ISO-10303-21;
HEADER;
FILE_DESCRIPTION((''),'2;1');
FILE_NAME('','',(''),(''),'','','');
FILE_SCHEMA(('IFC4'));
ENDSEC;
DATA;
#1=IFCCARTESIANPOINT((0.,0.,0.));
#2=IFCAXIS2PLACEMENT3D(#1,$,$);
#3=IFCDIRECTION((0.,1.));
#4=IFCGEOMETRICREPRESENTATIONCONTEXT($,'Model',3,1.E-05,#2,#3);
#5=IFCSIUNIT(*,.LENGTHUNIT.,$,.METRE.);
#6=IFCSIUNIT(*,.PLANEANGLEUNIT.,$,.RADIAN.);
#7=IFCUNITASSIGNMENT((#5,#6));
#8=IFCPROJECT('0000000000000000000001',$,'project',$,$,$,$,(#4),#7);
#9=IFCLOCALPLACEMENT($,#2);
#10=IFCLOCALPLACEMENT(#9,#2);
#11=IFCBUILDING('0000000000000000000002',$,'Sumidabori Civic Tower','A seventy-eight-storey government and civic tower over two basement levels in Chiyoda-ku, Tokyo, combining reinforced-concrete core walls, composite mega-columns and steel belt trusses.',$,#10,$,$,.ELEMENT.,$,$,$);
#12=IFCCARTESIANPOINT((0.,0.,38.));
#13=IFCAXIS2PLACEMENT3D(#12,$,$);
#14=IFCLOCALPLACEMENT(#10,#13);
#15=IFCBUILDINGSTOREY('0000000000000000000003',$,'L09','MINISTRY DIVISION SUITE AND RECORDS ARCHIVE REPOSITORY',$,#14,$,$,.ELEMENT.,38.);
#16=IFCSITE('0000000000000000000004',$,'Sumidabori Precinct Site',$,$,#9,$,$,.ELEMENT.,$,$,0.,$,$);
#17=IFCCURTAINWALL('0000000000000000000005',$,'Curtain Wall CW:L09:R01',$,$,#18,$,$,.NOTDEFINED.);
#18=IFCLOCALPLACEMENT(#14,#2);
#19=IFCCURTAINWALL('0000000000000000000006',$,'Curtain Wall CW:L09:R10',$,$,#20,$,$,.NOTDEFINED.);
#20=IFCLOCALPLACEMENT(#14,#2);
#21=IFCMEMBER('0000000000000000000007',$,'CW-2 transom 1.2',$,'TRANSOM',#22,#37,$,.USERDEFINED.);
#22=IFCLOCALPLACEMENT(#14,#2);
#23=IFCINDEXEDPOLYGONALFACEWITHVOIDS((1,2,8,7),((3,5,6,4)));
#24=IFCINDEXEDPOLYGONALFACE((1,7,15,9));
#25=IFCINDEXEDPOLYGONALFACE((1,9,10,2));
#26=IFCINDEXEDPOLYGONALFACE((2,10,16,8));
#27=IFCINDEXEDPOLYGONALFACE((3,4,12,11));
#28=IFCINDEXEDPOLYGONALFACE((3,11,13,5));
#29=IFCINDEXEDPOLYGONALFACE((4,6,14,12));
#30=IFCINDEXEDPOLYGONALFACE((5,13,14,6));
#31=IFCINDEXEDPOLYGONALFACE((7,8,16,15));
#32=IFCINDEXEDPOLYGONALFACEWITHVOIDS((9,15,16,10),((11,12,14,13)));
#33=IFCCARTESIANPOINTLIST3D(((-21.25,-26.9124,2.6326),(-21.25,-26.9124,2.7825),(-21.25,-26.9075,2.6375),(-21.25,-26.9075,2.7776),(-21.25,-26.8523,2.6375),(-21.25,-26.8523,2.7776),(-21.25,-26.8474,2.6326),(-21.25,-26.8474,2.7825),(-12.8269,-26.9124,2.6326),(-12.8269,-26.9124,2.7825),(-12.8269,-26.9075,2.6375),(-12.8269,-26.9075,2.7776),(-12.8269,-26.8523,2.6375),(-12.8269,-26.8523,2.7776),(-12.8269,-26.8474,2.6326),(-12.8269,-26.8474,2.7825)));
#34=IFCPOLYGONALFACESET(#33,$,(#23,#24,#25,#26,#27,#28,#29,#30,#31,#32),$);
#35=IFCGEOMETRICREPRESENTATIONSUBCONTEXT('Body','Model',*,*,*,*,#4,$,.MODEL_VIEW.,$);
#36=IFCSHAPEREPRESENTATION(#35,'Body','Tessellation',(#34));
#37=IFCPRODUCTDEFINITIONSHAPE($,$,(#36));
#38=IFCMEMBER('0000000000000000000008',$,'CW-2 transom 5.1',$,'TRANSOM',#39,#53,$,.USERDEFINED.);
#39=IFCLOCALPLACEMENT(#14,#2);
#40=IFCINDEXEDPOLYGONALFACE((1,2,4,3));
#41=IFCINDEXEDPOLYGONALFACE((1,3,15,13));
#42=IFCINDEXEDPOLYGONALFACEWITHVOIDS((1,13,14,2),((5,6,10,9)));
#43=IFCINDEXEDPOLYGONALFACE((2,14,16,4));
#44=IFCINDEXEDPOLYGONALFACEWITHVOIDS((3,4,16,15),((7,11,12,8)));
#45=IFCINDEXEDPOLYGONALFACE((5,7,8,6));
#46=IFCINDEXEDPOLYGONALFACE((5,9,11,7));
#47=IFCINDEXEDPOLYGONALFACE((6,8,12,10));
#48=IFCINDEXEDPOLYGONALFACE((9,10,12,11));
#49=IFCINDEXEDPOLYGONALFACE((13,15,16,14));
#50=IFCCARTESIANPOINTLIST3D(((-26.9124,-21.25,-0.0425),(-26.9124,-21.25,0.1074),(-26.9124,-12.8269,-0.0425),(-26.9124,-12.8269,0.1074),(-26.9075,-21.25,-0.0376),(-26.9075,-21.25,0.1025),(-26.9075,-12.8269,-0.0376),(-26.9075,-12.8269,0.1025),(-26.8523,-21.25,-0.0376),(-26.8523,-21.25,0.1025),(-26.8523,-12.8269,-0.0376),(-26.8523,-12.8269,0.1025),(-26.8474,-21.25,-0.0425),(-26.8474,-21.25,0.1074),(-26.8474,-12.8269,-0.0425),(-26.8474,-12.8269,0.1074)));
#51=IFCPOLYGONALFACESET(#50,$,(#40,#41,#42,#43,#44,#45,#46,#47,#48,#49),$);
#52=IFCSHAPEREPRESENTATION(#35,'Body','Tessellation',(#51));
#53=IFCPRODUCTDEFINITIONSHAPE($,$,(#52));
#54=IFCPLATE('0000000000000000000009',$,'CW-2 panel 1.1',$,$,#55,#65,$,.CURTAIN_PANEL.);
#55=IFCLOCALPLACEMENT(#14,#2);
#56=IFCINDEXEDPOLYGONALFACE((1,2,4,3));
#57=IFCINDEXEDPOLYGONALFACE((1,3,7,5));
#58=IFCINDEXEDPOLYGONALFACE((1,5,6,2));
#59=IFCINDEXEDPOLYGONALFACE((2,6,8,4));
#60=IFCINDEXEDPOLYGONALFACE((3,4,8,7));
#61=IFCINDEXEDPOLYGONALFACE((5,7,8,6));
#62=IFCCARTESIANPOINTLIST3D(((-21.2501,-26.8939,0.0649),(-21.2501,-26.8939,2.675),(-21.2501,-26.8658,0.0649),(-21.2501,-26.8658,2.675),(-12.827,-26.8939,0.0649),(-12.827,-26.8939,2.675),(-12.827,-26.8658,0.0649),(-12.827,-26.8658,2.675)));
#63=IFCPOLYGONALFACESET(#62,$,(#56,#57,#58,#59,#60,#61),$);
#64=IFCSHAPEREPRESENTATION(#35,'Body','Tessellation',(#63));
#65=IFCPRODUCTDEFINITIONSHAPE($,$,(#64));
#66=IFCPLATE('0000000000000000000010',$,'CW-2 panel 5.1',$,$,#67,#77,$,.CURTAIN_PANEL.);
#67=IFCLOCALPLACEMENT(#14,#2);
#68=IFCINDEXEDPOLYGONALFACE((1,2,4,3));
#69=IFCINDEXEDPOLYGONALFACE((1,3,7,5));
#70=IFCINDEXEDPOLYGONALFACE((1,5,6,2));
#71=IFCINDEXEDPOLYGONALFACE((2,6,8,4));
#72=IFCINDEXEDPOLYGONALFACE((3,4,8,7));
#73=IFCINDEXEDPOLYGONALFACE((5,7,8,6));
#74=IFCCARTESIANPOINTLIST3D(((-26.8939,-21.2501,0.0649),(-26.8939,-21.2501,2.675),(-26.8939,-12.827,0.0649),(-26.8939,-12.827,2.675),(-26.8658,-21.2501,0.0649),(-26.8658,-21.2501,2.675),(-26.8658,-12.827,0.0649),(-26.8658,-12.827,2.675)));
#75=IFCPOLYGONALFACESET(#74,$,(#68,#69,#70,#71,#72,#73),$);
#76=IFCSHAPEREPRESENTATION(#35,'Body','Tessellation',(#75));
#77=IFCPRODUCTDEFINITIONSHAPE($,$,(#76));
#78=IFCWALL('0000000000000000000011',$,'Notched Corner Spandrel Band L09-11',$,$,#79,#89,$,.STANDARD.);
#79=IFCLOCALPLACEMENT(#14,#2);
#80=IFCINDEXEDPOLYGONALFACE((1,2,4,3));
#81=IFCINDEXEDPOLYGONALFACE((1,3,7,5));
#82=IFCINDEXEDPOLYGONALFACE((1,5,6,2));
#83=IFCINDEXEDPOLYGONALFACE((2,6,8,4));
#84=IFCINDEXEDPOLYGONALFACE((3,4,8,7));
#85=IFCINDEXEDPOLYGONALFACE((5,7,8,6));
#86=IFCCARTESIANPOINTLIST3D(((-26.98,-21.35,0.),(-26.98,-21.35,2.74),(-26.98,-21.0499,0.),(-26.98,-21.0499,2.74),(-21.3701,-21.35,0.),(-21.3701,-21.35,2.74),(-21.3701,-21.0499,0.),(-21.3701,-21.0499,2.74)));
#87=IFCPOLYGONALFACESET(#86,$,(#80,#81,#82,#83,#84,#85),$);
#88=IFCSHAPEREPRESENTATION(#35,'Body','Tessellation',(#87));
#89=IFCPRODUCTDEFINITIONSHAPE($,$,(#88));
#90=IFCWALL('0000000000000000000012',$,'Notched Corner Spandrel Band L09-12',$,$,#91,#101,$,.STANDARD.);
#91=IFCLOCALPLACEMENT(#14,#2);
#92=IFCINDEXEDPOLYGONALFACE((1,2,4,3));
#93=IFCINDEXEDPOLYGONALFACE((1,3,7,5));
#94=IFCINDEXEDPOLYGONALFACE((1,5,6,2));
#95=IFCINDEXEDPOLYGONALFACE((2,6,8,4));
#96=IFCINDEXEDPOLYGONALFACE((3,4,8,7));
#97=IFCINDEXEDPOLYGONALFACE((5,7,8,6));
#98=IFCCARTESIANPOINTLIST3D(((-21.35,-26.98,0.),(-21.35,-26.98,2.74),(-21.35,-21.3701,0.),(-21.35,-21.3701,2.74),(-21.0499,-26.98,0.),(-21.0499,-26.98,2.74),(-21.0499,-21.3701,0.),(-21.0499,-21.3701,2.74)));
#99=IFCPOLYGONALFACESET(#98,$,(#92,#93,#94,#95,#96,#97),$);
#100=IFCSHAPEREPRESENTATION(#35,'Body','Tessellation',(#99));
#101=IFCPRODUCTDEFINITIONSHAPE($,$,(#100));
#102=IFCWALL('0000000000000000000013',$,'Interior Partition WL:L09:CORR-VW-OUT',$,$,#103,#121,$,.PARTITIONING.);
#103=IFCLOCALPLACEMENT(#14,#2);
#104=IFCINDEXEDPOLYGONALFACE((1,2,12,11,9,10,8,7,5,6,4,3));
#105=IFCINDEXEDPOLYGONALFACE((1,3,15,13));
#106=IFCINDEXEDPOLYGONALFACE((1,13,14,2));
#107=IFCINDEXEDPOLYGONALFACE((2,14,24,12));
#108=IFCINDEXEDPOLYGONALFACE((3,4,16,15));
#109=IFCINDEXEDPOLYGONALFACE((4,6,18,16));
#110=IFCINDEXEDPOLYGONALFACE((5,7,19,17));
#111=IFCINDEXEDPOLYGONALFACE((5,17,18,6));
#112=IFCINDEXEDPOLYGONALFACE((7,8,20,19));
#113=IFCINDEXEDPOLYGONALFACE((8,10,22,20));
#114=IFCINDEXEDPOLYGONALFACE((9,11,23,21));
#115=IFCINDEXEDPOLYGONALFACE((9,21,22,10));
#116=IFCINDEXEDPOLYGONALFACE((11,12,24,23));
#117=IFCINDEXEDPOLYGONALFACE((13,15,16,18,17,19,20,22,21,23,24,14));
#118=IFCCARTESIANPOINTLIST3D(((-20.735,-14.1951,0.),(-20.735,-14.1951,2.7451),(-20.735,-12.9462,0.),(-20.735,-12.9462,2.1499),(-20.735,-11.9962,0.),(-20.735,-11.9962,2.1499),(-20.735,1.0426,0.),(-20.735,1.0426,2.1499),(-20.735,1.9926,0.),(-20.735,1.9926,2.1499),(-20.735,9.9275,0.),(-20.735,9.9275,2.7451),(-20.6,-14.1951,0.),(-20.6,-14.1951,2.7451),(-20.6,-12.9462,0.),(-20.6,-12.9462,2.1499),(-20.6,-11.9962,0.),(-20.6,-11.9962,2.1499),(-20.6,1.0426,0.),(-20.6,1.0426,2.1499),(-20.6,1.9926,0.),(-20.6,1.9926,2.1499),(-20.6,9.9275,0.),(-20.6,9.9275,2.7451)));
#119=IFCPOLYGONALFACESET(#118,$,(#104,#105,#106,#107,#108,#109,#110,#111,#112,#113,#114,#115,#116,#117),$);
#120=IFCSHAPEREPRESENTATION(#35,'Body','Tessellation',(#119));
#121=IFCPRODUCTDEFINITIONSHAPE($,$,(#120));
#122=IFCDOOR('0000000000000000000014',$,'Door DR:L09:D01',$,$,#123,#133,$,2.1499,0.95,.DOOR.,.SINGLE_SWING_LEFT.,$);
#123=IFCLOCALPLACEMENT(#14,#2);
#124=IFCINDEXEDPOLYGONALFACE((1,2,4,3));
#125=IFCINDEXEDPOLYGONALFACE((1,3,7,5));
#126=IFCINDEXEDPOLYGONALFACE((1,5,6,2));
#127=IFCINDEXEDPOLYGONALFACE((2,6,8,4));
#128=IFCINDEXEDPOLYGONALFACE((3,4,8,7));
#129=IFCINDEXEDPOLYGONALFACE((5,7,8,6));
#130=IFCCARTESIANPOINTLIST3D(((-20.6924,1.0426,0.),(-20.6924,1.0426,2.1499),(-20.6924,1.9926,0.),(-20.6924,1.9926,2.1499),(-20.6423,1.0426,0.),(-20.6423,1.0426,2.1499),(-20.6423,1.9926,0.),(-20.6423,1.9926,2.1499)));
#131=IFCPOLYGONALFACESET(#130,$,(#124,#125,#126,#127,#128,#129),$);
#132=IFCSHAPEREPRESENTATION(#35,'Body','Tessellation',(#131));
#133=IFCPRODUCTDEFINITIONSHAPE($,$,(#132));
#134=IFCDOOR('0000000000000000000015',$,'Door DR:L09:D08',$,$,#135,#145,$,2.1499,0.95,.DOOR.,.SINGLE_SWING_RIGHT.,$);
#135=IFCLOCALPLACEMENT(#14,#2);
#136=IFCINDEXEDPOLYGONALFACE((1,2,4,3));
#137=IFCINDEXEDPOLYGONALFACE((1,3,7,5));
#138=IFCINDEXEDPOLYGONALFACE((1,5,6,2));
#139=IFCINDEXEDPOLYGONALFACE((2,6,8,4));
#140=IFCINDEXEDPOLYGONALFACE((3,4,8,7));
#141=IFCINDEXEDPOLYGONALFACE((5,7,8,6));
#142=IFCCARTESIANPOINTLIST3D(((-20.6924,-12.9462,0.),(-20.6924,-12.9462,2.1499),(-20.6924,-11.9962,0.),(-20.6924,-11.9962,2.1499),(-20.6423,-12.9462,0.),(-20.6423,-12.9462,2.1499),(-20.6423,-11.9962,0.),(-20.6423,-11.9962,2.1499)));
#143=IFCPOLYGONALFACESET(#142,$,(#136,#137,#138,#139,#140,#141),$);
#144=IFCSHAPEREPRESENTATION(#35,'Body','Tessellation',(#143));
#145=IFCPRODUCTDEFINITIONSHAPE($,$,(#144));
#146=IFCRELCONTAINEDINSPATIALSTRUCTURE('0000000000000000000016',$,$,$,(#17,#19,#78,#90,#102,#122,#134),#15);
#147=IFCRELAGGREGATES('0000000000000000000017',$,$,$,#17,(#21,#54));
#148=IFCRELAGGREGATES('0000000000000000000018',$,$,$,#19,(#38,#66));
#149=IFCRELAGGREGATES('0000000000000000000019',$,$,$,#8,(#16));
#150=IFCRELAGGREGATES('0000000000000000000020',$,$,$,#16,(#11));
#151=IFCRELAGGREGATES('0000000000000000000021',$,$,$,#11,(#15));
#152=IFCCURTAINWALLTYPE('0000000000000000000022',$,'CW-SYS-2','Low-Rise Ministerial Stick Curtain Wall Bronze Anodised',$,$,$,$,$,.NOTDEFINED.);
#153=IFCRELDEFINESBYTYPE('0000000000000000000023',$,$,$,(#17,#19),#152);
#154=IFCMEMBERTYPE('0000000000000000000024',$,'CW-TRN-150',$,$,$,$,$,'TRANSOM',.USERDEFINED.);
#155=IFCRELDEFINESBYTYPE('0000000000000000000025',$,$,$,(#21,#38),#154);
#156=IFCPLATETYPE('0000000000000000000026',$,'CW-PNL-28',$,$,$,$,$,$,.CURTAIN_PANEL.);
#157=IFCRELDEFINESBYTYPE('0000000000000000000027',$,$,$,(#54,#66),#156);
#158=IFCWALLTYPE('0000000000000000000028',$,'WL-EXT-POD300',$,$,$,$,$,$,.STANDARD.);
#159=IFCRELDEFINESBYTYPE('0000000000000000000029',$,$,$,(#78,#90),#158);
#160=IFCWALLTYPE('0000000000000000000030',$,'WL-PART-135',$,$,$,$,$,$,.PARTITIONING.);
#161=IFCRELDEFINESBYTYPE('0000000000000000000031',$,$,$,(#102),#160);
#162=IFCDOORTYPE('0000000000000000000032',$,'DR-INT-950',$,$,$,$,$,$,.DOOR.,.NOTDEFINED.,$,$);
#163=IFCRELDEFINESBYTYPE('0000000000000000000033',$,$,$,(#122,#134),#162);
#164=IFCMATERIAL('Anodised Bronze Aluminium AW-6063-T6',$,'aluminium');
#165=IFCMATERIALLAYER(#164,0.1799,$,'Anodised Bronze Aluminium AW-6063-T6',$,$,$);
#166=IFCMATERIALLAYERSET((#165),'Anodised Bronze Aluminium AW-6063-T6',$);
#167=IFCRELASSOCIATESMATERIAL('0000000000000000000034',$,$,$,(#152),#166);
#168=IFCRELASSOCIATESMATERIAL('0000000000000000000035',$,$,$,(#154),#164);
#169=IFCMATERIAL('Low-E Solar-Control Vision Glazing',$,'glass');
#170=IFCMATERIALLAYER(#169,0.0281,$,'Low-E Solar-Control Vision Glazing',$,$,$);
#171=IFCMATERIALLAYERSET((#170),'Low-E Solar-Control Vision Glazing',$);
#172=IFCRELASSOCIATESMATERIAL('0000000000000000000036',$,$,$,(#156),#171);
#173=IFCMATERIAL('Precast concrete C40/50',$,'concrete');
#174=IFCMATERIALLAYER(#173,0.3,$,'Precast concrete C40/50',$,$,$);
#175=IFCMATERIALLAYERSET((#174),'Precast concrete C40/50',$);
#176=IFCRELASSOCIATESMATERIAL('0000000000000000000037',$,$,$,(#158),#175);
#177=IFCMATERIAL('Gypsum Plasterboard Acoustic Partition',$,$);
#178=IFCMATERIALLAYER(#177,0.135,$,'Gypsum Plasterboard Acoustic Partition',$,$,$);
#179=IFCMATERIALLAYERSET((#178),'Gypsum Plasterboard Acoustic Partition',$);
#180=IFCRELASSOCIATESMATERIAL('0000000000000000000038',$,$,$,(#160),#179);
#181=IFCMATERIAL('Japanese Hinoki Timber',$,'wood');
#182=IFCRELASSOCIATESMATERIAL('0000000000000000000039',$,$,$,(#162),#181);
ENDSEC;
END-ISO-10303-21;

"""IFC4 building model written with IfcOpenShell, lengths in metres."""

from ifc_helpers import new_model, si_unit, direction, frame, frame_2d, origin, origin_2d, place, context, subcontext, project, spatial, rectangle, hollow_rectangle, extrude, source, transform, mapped, material, layer, layer_set, material_profile, profile_set, type_object, element, fill, aggregate, save


model = new_model("IFC4")

# Units and contexts
model_context = context("Model", 3, precision=1e-05, world=origin(), true_north=direction((0.0, 1.0)))
body_context = subcontext(model_context, "Body", "Model", "MODEL_VIEW")
ifc_project = project(units=[si_unit("LENGTHUNIT", "METRE"), si_unit("PLANEANGLEUNIT", "RADIAN")], contexts=[model_context])

# Site, building, storey
site_placement = place(None, origin())
site = spatial("IfcSite", under=ifc_project, at=site_placement, Name="Sumidabori Precinct Site", CompositionType="ELEMENT", RefElevation=0.0)
building_placement = place(site_placement, origin())
building = spatial("IfcBuilding", under=site, at=building_placement, Name="Sumidabori Civic Tower", Description="A seventy-eight-storey government and civic tower over two basement levels in Chiyoda-ku, Tokyo, combining reinforced-concrete core walls, composite mega-columns and steel belt trusses.", CompositionType="ELEMENT")
storey_placement = place(building_placement, frame((0.0, 0.0, 38.0)))
storey = spatial("IfcBuildingStorey", under=building, at=storey_placement, Name="L09", Description="MINISTRY DIVISION SUITE AND RECORDS ARCHIVE REPOSITORY", CompositionType="ELEMENT", Elevation=38.0)

# Curtain walls
ifc_material_1 = material(Name="Anodised Bronze Aluminium AW-6063-T6", Category="aluminium")
ifc_layer_1 = layer(ifc_material_1, 0.1799, Name="Anodised Bronze Aluminium AW-6063-T6")
ifc_layer_set_1 = layer_set([ifc_layer_1], Name="Anodised Bronze Aluminium AW-6063-T6")
curtain_wall_type = type_object("IfcCurtainWallType", Name="CW-SYS-2", Description="Low-Rise Ministerial Stick Curtain Wall Bronze Anodised", PredefinedType="NOTDEFINED", material=ifc_layer_set_1)
curtain_wall_1_placement = place(storey_placement, origin())
curtain_wall_1 = element("IfcCurtainWall", 1, at=curtain_wall_1_placement, inside=storey, type_object=curtain_wall_type, Name="Curtain Wall CW:L09:R01", PredefinedType="NOTDEFINED")
curtain_wall_2_placement = place(storey_placement, origin())
curtain_wall_2 = element("IfcCurtainWall", 2, at=curtain_wall_2_placement, inside=storey, type_object=curtain_wall_type, Name="Curtain Wall CW:L09:R10", PredefinedType="NOTDEFINED")

# Members
ifc_material_profile_1 = material_profile(ifc_material_1, hollow_rectangle(XDim=0.0649, YDim=0.1499, WallThickness=0.0049, at=origin_2d()), Name="ALU TRANSOM 150x65")
ifc_profile_set_1 = profile_set([ifc_material_profile_1], Name="Anodised Bronze Aluminium AW-6063-T6")
member_type_1 = type_object("IfcMemberType", Name="CW-TRN-150", ElementType="TRANSOM", PredefinedType="USERDEFINED", material=ifc_profile_set_1)
shared_shape_1 = source(origin(), body_context, "Body", "SweptSolid", [
    extrude(hollow_rectangle(XDim=0.0649, YDim=0.1499, WallThickness=0.0049, at=origin_2d()), origin(), (0.0, 0.0, 1.0), 8.4231),
])
member_1_placement = place(storey_placement, frame((-21.25, -26.8799, 2.7075), z_axis=(1.0, 0.0, 0.0), x_axis=(0.0, 1.0, 0.0)))
member_1 = element("IfcMember", 3, at=member_1_placement, type_object=member_type_1, Name="CW-2 transom 1.2", ObjectType="TRANSOM", PredefinedType="USERDEFINED", context=body_context, shape_type="MappedRepresentation", body=[
    mapped(shared_shape_1, transform((0.0, 0.0, 0.0), x_axis=(1.0, 0.0, 0.0), y_axis=(0.0, 1.0, 0.0), z_axis=(0.0, 0.0, 1.0), scale=1.0)),
])
member_2_placement = place(storey_placement, frame((-26.8799, -12.8269, 0.0325), z_axis=(0.0, -1.0, 0.0), x_axis=(1.0, 0.0, 0.0)))
member_2 = element("IfcMember", 4, at=member_2_placement, type_object=member_type_1, Name="CW-2 transom 5.1", ObjectType="TRANSOM", PredefinedType="USERDEFINED", context=body_context, shape_type="MappedRepresentation", body=[
    mapped(shared_shape_1, transform((0.0, 0.0, 0.0), x_axis=(1.0, 0.0, 0.0), y_axis=(0.0, 1.0, 0.0), z_axis=(0.0, 0.0, 1.0), scale=1.0)),
])

# Plates
ifc_material_2 = material(Name="Low-E Solar-Control Vision Glazing", Category="glass")
ifc_layer_2 = layer(ifc_material_2, 0.0281, Name="Low-E Solar-Control Vision Glazing")
ifc_layer_set_2 = layer_set([ifc_layer_2], Name="Low-E Solar-Control Vision Glazing")
plate_type = type_object("IfcPlateType", Name="CW-PNL-28", PredefinedType="CURTAIN_PANEL", material=ifc_layer_set_2)
shared_shape_2 = source(origin(), body_context, "Body", "SweptSolid", [
    extrude(rectangle(XDim=8.4231, YDim=0.0281, at=origin_2d()), origin(), (0.0, 0.0, 1.0), 2.6101),
])
plate_1_placement = place(storey_placement, frame((-17.0386, -26.8799, 0.0649), z_axis=(0.0, 0.0, 1.0), x_axis=(1.0, 0.0, 0.0)))
plate_1 = element("IfcPlate", 5, at=plate_1_placement, type_object=plate_type, Name="CW-2 panel 1.1", PredefinedType="CURTAIN_PANEL", context=body_context, shape_type="MappedRepresentation", body=[
    mapped(shared_shape_2, transform((0.0, 0.0, 0.0), x_axis=(1.0, 0.0, 0.0), y_axis=(0.0, 1.0, 0.0), z_axis=(0.0, 0.0, 1.0), scale=1.0)),
])
aggregate(curtain_wall_1, [member_1, plate_1])
plate_2_placement = place(storey_placement, frame((-26.8799, -17.0386, 0.0649), z_axis=(0.0, 0.0, 1.0), x_axis=(0.0, -1.0, 0.0)))
plate_2 = element("IfcPlate", 6, at=plate_2_placement, type_object=plate_type, Name="CW-2 panel 5.1", PredefinedType="CURTAIN_PANEL", context=body_context, shape_type="MappedRepresentation", body=[
    mapped(shared_shape_2, transform((0.0, 0.0, 0.0), x_axis=(1.0, 0.0, 0.0), y_axis=(0.0, 1.0, 0.0), z_axis=(0.0, 0.0, 1.0), scale=1.0)),
])
aggregate(curtain_wall_2, [member_2, plate_2])

# Walls
ifc_material_3 = material(Name="Precast concrete C40/50", Category="concrete")
ifc_layer_3 = layer(ifc_material_3, 0.3, Name="Precast concrete C40/50")
ifc_layer_set_3 = layer_set([ifc_layer_3], Name="Precast concrete C40/50")
wall_type_1 = type_object("IfcWallType", Name="WL-EXT-POD300", PredefinedType="STANDARD", material=ifc_layer_set_3)
shared_shape_3 = source(origin(), body_context, "Body", "SweptSolid", [
    extrude(rectangle(XDim=5.6099, YDim=0.3, at=frame_2d((2.8049, 0.0))), origin(), (0.0, 0.0, 1.0), 2.74),
])
for number, where, z_axis, x_axis, name in (
    (7, (-26.98, -21.2, 0.0), (0.0, 0.0, 1.0), (1.0, 0.0, 0.0), "Notched Corner Spandrel Band L09-11"),
    (8, (-21.2, -21.3701, 0.0), (0.0, 0.0, 1.0), (0.0, -1.0, 0.0), "Notched Corner Spandrel Band L09-12"),
):
    element("IfcWall", number, at=place(storey_placement, frame(where, z_axis=z_axis, x_axis=x_axis)), inside=storey, type_object=wall_type_1, Name=name, PredefinedType="STANDARD", context=body_context, shape_type="MappedRepresentation", body=[
        mapped(shared_shape_3, transform((0.0, 0.0, 0.0), x_axis=(1.0, 0.0, 0.0), y_axis=(0.0, 1.0, 0.0), z_axis=(0.0, 0.0, 1.0), scale=1.0)),
    ])

# Wall, openings, doors
ifc_material_4 = material(Name="Gypsum Plasterboard Acoustic Partition")
ifc_layer_4 = layer(ifc_material_4, 0.135, Name="Gypsum Plasterboard Acoustic Partition")
ifc_layer_set_4 = layer_set([ifc_layer_4], Name="Gypsum Plasterboard Acoustic Partition")
wall_type_2 = type_object("IfcWallType", Name="WL-PART-135", PredefinedType="PARTITIONING", material=ifc_layer_set_4)
shared_shape_4 = source(origin(), body_context, "Body", "SweptSolid", [
    extrude(rectangle(XDim=24.1226, YDim=0.135, at=frame_2d((12.0613, 0.0))), origin(), (0.0, 0.0, 1.0), 2.7451),
])
wall_1_placement = place(storey_placement, frame((-20.6675, -14.1951, 0.0), z_axis=(0.0, 0.0, 1.0), x_axis=(0.0, 1.0, 0.0)))
wall_1 = element("IfcWall", 9, at=wall_1_placement, inside=storey, type_object=wall_type_2, Name="Interior Partition WL:L09:CORR-VW-OUT", PredefinedType="PARTITIONING", context=body_context, shape_type="MappedRepresentation", body=[
    mapped(shared_shape_4, transform((0.0, 0.0, 0.0), x_axis=(1.0, 0.0, 0.0), y_axis=(0.0, 1.0, 0.0), z_axis=(0.0, 0.0, 1.0), scale=1.0)),
])
opening_1_placement = place(wall_1_placement, frame((15.2375, 0.0, 0.0)))
opening_1 = element("IfcOpeningElement", 10, at=opening_1_placement, cuts=wall_1, PredefinedType="OPENING", context=body_context, shape_type="SweptSolid", body=[
    extrude(rectangle(XDim=0.95, YDim=2.1499, at=frame_2d((0.4751, 1.075))), frame((0.0, 0.0796, 0.0), z_axis=(0.0, -1.0, 0.0), x_axis=(1.0, 0.0, 0.0)), (0.0, 0.0, 1.0), 0.1589),
])
opening_2_placement = place(wall_1_placement, frame((1.2488, 0.0, 0.0)))
opening_2 = element("IfcOpeningElement", 11, at=opening_2_placement, cuts=wall_1, PredefinedType="OPENING", context=body_context, shape_type="SweptSolid", body=[
    extrude(rectangle(XDim=0.95, YDim=2.1499, at=frame_2d((0.4751, 1.075))), frame((0.0, 0.0796, 0.0), z_axis=(0.0, -1.0, 0.0), x_axis=(1.0, 0.0, 0.0)), (0.0, 0.0, 1.0), 0.1589),
])
ifc_material_5 = material(Name="Japanese Hinoki Timber", Category="wood")
door_type = type_object("IfcDoorType", Name="DR-INT-950", OperationType="NOTDEFINED", PredefinedType="DOOR", material=ifc_material_5)
shared_shape_5 = source(origin(), body_context, "Body", "SweptSolid", [
    extrude(rectangle(XDim=0.95, YDim=2.1499, at=frame_2d((0.4751, 1.075))), frame((0.0, 0.0249, 0.0), z_axis=(0.0, -1.0, 0.0), x_axis=(1.0, 0.0, 0.0)), (0.0, 0.0, 1.0), 0.05),
])
door_1_placement = place(opening_1_placement, origin())
door_1 = element("IfcDoor", 12, at=door_1_placement, inside=storey, type_object=door_type, Name="Door DR:L09:D01", OperationType="SINGLE_SWING_LEFT", OverallHeight=2.1499, OverallWidth=0.95, PredefinedType="DOOR", context=body_context, shape_type="MappedRepresentation", body=[
    mapped(shared_shape_5, transform((0.0, 0.0, 0.0), x_axis=(1.0, 0.0, 0.0), y_axis=(0.0, 1.0, 0.0), z_axis=(0.0, 0.0, 1.0), scale=1.0)),
])
fill(opening_1, door_1)
door_2_placement = place(opening_2_placement, origin())
door_2 = element("IfcDoor", 13, at=door_2_placement, inside=storey, type_object=door_type, Name="Door DR:L09:D08", OperationType="SINGLE_SWING_RIGHT", OverallHeight=2.1499, OverallWidth=0.95, PredefinedType="DOOR", context=body_context, shape_type="MappedRepresentation", body=[
    mapped(shared_shape_5, transform((0.0, 0.0, 0.0), x_axis=(1.0, 0.0, 0.0), y_axis=(0.0, 1.0, 0.0), z_axis=(0.0, 0.0, 1.0), scale=1.0)),
])
fill(opening_2, door_2)

save(model, "model.ifc")
